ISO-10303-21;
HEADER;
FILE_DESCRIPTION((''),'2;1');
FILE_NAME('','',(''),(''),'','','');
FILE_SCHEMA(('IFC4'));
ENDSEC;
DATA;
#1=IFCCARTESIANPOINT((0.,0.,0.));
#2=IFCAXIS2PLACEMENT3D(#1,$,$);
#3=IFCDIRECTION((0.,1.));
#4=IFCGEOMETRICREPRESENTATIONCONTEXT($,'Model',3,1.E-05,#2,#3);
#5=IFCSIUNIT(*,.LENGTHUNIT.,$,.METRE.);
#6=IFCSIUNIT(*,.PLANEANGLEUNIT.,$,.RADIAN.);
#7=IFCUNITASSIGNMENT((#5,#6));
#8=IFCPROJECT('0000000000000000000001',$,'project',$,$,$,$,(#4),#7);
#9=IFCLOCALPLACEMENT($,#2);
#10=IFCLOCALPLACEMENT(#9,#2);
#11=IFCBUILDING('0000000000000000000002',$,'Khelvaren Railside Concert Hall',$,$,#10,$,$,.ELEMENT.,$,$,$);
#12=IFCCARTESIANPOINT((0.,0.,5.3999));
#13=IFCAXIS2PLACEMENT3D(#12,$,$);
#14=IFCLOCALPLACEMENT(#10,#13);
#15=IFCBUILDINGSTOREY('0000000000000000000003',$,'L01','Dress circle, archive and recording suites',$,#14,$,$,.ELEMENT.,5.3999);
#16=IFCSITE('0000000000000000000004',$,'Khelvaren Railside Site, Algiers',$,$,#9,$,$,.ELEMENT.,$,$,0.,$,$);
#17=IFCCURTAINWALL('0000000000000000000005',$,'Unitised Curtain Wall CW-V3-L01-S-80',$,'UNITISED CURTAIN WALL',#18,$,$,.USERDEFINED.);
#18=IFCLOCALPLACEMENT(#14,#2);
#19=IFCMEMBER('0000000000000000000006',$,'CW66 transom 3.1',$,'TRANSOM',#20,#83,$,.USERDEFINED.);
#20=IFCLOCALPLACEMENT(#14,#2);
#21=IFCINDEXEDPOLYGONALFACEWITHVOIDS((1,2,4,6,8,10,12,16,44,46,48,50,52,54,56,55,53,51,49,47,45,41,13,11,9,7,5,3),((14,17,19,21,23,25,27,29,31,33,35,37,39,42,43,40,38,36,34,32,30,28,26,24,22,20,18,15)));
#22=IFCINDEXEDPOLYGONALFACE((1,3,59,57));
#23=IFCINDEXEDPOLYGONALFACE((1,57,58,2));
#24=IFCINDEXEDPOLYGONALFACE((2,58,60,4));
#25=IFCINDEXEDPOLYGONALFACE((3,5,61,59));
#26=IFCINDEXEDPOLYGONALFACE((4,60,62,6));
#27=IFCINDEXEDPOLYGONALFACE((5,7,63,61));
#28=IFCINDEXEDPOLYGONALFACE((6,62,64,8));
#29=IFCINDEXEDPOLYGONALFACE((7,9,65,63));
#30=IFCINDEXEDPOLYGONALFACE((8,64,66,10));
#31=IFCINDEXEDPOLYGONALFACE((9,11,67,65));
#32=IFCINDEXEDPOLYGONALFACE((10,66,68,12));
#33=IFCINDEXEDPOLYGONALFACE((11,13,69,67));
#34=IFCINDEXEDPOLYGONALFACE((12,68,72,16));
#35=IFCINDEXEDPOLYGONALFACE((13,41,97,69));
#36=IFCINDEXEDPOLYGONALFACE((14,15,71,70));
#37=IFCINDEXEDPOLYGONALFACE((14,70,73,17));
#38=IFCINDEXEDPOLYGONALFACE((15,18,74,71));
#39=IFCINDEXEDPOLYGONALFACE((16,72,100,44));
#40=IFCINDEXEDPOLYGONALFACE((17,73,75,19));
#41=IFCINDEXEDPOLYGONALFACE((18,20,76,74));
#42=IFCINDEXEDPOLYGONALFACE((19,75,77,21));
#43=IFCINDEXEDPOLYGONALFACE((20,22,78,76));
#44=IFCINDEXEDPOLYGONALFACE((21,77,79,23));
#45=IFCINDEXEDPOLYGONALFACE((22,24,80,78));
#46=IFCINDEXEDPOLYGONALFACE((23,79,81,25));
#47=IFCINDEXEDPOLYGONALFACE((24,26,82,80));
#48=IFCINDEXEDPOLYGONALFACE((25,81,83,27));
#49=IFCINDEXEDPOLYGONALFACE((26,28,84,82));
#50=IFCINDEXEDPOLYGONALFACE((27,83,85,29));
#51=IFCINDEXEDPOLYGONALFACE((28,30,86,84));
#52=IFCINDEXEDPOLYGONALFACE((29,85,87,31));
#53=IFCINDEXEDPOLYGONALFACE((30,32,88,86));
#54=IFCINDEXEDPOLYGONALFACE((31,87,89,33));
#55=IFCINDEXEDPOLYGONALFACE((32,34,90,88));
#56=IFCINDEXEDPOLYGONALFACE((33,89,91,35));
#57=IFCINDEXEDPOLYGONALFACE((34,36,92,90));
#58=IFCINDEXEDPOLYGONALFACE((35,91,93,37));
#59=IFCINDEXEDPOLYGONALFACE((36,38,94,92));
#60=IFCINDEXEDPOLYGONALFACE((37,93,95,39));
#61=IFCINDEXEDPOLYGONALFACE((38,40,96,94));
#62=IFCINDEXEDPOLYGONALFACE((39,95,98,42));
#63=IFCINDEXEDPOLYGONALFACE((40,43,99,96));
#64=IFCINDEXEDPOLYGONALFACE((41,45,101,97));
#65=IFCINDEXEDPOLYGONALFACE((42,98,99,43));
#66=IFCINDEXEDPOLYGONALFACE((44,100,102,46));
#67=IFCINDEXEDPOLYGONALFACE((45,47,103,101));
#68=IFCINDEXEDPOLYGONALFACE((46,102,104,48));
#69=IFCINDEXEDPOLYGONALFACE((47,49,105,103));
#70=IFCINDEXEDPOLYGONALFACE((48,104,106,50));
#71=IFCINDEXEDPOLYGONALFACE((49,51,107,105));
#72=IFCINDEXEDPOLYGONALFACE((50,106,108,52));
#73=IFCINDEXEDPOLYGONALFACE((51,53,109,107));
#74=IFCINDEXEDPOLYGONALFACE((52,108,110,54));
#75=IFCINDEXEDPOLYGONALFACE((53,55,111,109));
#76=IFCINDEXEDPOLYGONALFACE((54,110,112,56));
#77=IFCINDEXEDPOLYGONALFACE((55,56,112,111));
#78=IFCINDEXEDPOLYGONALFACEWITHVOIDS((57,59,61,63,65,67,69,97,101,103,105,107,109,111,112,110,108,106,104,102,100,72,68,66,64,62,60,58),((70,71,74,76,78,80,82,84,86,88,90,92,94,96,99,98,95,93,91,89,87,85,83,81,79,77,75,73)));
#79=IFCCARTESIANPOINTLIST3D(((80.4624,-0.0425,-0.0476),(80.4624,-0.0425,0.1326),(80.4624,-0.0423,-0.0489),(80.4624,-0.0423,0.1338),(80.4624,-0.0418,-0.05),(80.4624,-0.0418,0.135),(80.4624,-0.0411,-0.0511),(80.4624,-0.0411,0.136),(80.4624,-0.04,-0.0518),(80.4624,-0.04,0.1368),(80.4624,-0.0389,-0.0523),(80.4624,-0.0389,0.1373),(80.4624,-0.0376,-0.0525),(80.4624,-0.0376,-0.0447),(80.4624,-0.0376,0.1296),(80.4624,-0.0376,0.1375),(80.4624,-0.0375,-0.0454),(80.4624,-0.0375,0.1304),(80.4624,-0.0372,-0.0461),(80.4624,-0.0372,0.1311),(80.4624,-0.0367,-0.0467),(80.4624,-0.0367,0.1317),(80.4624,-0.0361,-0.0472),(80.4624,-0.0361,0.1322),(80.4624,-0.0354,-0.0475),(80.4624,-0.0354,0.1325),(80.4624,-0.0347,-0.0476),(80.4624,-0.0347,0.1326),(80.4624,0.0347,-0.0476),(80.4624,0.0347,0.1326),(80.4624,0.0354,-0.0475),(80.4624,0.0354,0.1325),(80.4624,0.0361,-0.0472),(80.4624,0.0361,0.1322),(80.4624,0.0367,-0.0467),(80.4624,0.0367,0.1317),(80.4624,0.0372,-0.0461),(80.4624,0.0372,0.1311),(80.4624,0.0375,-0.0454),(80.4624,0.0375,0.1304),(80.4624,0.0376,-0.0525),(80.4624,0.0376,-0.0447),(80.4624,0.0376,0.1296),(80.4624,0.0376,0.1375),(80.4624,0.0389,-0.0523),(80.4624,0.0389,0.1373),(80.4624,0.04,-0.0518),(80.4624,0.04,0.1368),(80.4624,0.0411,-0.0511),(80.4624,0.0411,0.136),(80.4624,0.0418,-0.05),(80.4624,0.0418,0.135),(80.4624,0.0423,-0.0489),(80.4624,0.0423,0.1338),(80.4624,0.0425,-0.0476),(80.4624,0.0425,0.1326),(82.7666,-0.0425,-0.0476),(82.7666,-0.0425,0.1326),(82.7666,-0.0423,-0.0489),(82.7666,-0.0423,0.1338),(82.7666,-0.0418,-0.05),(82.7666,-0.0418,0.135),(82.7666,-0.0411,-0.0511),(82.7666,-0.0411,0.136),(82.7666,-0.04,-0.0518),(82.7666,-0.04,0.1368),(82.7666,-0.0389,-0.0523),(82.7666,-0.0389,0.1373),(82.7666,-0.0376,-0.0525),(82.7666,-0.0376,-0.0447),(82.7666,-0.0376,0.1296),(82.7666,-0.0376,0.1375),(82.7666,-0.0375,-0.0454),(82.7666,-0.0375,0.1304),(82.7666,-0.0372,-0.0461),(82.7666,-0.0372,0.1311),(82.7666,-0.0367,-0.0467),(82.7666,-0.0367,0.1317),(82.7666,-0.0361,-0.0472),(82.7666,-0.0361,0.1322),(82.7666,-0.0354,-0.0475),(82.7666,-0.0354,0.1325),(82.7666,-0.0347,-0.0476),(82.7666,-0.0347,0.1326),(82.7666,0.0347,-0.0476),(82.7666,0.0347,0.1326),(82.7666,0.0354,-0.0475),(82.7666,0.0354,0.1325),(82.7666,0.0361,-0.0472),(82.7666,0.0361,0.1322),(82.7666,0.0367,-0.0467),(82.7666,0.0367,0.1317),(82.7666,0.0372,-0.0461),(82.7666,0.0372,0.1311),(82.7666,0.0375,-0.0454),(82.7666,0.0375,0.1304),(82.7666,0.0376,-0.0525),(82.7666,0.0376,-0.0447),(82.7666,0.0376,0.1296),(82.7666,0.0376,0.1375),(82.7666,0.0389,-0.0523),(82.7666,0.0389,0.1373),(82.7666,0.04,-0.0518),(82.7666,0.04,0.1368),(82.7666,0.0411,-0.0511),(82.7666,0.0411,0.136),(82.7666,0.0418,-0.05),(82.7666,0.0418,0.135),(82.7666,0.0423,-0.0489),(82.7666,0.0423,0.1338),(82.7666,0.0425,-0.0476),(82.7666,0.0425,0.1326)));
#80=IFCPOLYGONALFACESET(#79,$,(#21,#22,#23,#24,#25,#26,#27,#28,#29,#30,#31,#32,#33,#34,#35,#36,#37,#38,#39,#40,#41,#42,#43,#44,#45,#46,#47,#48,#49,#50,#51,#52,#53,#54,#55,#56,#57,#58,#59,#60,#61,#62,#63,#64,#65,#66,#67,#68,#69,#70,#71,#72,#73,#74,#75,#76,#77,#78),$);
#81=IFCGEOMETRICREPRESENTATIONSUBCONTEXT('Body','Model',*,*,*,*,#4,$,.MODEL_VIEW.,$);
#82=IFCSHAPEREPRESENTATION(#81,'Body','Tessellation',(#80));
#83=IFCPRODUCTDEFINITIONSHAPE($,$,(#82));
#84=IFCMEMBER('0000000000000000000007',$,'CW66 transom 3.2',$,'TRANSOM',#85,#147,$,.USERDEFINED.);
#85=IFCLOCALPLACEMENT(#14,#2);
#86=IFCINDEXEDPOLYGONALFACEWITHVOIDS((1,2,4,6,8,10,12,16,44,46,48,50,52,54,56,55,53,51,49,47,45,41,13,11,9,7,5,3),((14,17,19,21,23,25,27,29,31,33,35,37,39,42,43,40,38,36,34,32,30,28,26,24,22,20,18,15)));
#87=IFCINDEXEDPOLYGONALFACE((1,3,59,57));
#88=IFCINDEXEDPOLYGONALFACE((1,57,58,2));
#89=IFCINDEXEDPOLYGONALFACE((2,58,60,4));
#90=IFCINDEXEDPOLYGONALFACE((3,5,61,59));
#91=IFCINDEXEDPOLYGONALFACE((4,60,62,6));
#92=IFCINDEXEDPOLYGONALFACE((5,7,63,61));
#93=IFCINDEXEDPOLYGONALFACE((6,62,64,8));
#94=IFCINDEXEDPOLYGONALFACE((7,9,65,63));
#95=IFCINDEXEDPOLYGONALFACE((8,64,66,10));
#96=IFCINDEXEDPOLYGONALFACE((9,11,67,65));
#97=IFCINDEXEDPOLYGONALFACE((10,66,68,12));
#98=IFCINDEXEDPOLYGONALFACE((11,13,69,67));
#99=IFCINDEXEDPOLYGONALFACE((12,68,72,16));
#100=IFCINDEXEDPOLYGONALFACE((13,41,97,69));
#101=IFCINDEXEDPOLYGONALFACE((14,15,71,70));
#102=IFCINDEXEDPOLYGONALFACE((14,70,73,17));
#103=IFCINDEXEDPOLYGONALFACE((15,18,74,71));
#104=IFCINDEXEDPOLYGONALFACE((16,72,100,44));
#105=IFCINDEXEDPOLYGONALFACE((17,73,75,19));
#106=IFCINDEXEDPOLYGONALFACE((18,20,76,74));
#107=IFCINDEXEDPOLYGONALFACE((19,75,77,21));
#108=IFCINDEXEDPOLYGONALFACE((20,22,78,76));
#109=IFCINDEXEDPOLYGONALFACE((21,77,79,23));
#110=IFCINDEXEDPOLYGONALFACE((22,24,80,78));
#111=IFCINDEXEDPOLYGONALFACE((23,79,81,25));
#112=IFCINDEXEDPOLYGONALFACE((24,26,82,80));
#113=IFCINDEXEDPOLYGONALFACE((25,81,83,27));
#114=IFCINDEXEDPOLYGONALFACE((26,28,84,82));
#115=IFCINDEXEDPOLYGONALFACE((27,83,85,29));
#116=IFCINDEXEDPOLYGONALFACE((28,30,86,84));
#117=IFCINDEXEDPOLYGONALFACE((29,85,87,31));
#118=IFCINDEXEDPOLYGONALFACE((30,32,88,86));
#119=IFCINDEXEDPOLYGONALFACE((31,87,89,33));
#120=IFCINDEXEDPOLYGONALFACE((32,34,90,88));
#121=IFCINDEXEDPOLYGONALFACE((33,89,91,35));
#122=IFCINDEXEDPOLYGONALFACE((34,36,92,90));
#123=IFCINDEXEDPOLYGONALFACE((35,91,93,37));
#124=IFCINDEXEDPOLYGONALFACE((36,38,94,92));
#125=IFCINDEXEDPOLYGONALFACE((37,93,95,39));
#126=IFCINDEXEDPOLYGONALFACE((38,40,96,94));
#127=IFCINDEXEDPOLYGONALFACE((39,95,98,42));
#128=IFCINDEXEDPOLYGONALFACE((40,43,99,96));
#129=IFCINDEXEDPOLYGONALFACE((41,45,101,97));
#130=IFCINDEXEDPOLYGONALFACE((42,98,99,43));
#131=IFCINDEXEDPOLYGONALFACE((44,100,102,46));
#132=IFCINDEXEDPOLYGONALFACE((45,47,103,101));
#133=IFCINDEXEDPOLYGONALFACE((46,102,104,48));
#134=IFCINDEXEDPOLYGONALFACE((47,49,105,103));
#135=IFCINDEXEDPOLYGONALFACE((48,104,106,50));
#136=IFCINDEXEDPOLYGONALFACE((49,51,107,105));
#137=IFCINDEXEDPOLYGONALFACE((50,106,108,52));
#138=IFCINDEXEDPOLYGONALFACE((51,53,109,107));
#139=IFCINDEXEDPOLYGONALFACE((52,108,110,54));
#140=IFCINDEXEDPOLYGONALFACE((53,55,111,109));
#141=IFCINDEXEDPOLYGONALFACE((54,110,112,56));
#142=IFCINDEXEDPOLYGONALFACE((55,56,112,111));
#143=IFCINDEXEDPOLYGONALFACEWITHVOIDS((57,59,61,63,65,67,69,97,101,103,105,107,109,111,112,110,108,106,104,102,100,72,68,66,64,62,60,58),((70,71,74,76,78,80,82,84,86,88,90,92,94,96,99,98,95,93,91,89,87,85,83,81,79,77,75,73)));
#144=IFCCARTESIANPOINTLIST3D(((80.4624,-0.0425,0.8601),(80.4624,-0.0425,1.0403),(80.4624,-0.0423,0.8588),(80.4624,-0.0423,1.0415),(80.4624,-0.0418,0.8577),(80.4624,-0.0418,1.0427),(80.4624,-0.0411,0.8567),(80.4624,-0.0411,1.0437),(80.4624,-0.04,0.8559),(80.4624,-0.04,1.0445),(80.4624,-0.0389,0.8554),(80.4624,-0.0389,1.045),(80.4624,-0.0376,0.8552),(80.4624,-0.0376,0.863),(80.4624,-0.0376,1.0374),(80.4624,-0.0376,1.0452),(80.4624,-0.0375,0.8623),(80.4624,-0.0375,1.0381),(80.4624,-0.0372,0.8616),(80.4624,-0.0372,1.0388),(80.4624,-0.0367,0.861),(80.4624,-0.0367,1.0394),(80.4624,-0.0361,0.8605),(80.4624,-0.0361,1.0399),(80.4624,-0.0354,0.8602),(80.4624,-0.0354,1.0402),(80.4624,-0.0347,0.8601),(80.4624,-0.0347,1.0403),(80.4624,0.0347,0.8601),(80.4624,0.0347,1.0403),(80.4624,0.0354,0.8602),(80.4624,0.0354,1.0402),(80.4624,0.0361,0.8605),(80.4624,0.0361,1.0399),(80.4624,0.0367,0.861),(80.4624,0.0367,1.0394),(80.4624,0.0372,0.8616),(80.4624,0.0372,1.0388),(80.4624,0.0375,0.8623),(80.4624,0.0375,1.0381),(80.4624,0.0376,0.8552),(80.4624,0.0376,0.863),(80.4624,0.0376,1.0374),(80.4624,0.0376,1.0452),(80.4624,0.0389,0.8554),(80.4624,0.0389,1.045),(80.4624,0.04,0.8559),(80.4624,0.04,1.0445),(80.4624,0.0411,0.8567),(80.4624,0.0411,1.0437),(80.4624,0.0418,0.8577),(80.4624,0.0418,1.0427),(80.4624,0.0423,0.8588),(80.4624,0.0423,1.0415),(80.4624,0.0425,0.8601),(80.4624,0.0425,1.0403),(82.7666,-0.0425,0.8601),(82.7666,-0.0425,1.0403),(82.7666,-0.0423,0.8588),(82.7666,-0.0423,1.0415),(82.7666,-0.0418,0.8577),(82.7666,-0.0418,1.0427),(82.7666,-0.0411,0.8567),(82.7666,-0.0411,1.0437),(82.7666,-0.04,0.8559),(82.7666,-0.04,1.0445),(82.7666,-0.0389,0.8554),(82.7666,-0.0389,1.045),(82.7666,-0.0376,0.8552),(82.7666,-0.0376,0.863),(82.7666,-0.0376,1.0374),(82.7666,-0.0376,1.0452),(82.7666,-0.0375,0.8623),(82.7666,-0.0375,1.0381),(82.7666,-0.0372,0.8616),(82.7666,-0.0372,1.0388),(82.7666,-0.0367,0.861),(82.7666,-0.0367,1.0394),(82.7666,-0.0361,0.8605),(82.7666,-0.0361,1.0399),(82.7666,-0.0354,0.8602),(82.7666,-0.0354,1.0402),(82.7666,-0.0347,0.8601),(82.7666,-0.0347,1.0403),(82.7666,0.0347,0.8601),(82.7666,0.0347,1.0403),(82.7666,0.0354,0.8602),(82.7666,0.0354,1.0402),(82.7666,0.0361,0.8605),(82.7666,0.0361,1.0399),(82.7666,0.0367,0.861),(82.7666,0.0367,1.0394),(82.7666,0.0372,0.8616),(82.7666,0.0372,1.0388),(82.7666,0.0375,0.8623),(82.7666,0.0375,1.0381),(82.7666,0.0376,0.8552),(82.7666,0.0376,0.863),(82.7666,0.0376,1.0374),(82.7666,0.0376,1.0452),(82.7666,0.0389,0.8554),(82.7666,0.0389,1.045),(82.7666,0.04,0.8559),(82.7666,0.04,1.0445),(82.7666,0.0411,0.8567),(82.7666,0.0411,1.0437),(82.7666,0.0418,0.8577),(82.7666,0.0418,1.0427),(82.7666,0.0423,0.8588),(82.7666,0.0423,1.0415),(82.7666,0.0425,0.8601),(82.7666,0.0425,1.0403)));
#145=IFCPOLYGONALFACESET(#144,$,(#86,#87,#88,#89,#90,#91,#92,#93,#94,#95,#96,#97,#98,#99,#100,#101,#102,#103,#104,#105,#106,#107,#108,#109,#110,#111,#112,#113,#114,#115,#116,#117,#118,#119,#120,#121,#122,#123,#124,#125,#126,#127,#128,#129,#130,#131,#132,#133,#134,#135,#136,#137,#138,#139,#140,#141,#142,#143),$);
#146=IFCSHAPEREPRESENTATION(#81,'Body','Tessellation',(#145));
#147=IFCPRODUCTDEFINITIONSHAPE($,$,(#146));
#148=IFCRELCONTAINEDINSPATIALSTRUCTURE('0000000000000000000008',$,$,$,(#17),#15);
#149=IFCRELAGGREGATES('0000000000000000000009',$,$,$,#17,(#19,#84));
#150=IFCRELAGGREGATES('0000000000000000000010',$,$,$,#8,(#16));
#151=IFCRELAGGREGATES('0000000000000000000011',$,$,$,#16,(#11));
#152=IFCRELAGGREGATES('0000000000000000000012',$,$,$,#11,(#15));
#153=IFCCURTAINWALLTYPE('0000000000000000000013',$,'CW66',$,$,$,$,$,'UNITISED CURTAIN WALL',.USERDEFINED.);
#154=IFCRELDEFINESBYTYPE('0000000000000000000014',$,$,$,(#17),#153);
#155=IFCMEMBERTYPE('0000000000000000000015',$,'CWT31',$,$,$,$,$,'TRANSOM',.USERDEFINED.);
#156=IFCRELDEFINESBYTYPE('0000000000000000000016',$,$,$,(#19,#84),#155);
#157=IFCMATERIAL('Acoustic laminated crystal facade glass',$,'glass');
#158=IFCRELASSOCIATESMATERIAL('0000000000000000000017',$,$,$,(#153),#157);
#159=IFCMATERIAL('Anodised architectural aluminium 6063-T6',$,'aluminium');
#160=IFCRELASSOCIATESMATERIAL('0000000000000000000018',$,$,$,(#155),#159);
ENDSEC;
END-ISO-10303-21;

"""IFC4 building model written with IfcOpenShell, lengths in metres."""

from ifc_helpers import new_model, si_unit, direction, frame, origin, origin_2d, place, context, subcontext, project, spatial, hollow_rectangle, extrude, material, material_profile, profile_set, type_object, element, aggregate, save


model = new_model("IFC4")

# Units and contexts
model_context = context("Model", 3, precision=1e-05, world=origin(), true_north=direction((0.0, 1.0)))
body_context = subcontext(model_context, "Body", "Model", "MODEL_VIEW")
ifc_project = project(units=[si_unit("LENGTHUNIT", "METRE"), si_unit("PLANEANGLEUNIT", "RADIAN")], contexts=[model_context])

# Site, building, storey
site_placement = place(None, origin())
site = spatial("IfcSite", under=ifc_project, at=site_placement, Name="Khelvaren Railside Site, Algiers", CompositionType="ELEMENT", RefElevation=0.0)
building_placement = place(site_placement, origin())
building = spatial("IfcBuilding", under=site, at=building_placement, Name="Khelvaren Railside Concert Hall", CompositionType="ELEMENT")
storey_placement = place(building_placement, frame((0.0, 0.0, 5.3999)))
storey = spatial("IfcBuildingStorey", under=building, at=storey_placement, Name="L01", Description="Dress circle, archive and recording suites", CompositionType="ELEMENT", Elevation=5.3999)

# Curtain wall, members
ifc_material_1 = material(Name="Acoustic laminated crystal facade glass", Category="glass")
curtain_wall_type = type_object("IfcCurtainWallType", Name="CW66", ElementType="UNITISED CURTAIN WALL", PredefinedType="USERDEFINED", material=ifc_material_1)
curtain_wall_placement = place(storey_placement, origin())
curtain_wall = element("IfcCurtainWall", 1, at=curtain_wall_placement, inside=storey, type_object=curtain_wall_type, Name="Unitised Curtain Wall CW-V3-L01-S-80", ObjectType="UNITISED CURTAIN WALL", PredefinedType="USERDEFINED")
ifc_material_2 = material(Name="Anodised architectural aluminium 6063-T6", Category="aluminium")
ifc_material_profile_1 = material_profile(ifc_material_2, hollow_rectangle(XDim=0.085, YDim=0.1899, WallThickness=0.0049, InnerFilletRadius=0.0029, OuterFilletRadius=0.0049, at=origin_2d()), Name="CWT 85x190x5")
ifc_profile_set_1 = profile_set([ifc_material_profile_1], Name="Anodised architectural aluminium 6063-T6")
member_type_1 = type_object("IfcMemberType", Name="CWT31", ElementType="TRANSOM", PredefinedType="USERDEFINED", material=ifc_profile_set_1)
member_1_placement = place(storey_placement, frame((82.7666, 0.0, 0.0425), z_axis=(-1.0, 0.0, 0.0), x_axis=(0.0, -1.0, 0.0)))
member_1 = element("IfcMember", 2, at=member_1_placement, type_object=member_type_1, Name="CW66 transom 3.1", ObjectType="TRANSOM", PredefinedType="USERDEFINED", context=body_context, shape_type="SweptSolid", body=[
    extrude(hollow_rectangle(XDim=0.085, YDim=0.1899, WallThickness=0.0049, InnerFilletRadius=0.0029, OuterFilletRadius=0.0049, at=origin_2d()), origin(), (0.0, 0.0, 1.0), 2.3042),
])
member_2_placement = place(storey_placement, frame((82.7666, 0.0, 0.9502), z_axis=(-1.0, 0.0, 0.0), x_axis=(0.0, -1.0, 0.0)))
member_2 = element("IfcMember", 3, at=member_2_placement, type_object=member_type_1, Name="CW66 transom 3.2", ObjectType="TRANSOM", PredefinedType="USERDEFINED", context=body_context, shape_type="SweptSolid", body=[
    extrude(hollow_rectangle(XDim=0.085, YDim=0.1899, WallThickness=0.0049, InnerFilletRadius=0.0029, OuterFilletRadius=0.0049, at=origin_2d()), origin(), (0.0, 0.0, 1.0), 2.3042),
])

aggregate(curtain_wall, [member_1, member_2])

save(model, "model.ifc")
